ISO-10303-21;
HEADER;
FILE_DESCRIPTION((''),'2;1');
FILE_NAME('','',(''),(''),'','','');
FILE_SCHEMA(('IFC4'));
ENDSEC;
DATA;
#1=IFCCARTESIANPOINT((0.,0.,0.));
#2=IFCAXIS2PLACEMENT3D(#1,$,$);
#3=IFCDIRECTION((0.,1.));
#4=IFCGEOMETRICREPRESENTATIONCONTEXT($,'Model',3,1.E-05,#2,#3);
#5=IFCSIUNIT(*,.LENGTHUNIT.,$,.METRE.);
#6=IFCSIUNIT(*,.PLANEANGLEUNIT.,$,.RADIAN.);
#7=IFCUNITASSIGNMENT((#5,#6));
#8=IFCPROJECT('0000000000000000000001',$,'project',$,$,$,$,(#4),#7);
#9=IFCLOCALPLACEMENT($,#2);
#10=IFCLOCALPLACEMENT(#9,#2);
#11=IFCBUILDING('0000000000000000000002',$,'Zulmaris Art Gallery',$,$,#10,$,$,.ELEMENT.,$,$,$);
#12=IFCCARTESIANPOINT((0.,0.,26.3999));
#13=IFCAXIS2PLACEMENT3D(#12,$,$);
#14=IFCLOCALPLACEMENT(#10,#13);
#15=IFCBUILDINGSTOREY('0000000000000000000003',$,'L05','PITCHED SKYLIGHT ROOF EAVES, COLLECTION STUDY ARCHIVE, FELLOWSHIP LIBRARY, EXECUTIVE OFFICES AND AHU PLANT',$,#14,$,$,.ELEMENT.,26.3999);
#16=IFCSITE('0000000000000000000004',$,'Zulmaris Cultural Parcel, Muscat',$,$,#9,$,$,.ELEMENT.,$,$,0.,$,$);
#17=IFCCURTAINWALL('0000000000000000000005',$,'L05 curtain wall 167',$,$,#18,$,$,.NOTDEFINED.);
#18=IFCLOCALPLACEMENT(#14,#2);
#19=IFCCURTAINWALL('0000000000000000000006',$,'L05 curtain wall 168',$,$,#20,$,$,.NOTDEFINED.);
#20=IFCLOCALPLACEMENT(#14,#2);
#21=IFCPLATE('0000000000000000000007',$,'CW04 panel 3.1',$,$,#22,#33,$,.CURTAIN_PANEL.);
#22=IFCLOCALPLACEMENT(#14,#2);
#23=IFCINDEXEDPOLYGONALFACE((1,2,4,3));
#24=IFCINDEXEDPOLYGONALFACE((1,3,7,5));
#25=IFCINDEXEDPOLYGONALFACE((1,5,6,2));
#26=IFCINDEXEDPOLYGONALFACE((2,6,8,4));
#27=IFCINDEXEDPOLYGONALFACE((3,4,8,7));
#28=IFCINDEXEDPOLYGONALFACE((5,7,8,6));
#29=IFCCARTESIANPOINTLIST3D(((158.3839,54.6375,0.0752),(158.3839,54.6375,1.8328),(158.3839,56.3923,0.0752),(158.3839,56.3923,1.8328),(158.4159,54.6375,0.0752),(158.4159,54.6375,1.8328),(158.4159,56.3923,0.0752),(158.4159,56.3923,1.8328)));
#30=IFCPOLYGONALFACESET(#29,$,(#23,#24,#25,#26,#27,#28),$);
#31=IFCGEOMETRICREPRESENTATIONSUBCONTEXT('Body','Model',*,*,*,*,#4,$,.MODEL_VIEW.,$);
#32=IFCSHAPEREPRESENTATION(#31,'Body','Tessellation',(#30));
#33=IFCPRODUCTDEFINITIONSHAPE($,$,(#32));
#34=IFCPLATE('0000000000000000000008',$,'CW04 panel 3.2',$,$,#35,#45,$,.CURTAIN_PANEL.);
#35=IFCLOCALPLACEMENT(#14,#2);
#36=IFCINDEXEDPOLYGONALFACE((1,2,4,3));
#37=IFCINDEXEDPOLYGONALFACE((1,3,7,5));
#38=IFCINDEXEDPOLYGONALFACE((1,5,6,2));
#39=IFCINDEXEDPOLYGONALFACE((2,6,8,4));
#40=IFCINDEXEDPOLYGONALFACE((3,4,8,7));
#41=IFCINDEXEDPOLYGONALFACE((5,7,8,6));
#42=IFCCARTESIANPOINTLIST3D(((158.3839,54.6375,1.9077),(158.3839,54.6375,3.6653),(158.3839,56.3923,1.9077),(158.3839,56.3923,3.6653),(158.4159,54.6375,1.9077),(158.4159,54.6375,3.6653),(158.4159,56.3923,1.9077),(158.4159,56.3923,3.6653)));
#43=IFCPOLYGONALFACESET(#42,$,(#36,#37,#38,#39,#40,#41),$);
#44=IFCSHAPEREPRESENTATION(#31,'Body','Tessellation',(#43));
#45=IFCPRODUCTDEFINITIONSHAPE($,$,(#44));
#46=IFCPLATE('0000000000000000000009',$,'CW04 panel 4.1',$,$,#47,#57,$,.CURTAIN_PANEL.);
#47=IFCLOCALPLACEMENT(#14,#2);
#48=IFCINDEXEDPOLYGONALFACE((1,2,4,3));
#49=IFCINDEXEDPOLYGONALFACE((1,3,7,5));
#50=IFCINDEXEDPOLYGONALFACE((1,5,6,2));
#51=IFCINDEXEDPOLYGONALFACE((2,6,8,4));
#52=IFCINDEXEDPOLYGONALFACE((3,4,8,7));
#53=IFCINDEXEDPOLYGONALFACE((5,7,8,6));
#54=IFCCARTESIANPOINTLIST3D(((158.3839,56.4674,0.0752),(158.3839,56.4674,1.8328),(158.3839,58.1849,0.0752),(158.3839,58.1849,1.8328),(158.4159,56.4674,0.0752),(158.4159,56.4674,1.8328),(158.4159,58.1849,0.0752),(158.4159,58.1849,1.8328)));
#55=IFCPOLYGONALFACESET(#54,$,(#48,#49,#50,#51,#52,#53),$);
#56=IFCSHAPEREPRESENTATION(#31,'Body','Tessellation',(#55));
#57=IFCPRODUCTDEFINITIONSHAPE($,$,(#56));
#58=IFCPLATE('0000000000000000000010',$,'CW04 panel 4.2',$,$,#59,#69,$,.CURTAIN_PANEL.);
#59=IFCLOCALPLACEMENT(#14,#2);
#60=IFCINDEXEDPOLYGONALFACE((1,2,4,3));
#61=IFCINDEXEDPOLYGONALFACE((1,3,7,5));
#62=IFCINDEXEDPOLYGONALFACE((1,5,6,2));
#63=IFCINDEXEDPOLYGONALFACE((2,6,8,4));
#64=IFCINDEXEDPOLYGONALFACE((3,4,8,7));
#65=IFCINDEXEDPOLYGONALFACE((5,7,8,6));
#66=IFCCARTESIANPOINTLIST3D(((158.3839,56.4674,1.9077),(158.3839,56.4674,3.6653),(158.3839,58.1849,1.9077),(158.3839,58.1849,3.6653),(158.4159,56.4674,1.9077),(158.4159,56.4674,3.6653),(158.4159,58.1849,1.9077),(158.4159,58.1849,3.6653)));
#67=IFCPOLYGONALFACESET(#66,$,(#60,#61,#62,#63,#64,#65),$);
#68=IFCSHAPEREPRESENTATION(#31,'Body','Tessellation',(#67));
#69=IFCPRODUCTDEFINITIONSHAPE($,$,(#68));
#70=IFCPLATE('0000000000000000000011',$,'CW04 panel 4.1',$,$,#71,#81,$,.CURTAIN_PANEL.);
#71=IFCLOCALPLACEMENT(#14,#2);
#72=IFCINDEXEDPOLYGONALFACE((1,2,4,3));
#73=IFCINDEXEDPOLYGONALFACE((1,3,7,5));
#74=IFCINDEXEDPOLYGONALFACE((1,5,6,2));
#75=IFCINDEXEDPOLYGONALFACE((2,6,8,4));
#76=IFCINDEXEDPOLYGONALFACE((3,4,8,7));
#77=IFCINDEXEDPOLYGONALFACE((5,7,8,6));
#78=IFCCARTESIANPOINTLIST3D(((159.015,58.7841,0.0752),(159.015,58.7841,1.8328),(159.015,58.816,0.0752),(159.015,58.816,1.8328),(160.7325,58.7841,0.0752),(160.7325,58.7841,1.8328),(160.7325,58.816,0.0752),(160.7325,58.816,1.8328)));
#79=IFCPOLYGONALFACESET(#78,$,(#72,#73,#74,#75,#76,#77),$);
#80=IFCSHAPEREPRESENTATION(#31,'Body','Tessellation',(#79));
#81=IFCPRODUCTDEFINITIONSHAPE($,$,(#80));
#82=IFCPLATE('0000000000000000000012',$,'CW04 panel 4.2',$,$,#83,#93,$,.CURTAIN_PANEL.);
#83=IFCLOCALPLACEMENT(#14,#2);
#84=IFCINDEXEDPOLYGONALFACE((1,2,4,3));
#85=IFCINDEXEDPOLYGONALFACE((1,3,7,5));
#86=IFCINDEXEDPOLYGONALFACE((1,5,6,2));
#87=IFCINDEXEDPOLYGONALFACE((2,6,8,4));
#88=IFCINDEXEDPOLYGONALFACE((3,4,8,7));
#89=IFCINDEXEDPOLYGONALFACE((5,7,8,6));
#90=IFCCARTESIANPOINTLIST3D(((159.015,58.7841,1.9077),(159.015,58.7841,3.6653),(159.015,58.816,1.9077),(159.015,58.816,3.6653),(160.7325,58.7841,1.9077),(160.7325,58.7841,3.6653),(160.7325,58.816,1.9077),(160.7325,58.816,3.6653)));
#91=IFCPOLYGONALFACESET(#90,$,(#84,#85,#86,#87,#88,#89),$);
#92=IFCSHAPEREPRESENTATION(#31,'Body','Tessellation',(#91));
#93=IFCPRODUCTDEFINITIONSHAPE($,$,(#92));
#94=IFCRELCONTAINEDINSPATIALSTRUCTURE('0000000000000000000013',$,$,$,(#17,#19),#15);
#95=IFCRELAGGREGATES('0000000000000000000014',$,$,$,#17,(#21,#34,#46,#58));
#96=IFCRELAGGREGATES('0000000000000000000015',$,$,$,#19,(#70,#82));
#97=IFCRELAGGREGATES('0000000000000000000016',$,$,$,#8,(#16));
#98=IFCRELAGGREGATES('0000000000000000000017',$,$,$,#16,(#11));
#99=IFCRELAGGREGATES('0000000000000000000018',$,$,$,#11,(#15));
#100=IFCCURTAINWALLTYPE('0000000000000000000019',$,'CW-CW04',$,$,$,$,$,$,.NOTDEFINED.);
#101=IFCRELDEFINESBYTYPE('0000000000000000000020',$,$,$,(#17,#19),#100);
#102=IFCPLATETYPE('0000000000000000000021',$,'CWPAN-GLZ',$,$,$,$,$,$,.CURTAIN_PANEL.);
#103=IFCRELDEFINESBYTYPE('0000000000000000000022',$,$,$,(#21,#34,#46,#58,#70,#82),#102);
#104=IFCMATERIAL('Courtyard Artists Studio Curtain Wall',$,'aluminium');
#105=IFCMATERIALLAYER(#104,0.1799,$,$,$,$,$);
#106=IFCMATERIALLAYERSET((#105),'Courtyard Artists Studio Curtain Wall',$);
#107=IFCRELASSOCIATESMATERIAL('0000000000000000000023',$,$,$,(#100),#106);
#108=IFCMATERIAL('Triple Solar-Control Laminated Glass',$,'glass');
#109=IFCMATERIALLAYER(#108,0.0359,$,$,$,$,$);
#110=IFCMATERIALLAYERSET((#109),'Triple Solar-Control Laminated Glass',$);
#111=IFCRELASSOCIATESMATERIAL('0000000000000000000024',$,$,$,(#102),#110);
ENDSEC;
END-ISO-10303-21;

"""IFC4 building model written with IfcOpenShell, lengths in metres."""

from ifc_helpers import new_model, si_unit, direction, frame, origin, origin_2d, place, context, subcontext, project, spatial, rectangle, extrude, material, layer, layer_set, type_object, element, aggregate, save


model = new_model("IFC4")

# Units and contexts
model_context = context("Model", 3, precision=1e-05, world=origin(), true_north=direction((0.0, 1.0)))
body_context = subcontext(model_context, "Body", "Model", "MODEL_VIEW")
ifc_project = project(units=[si_unit("LENGTHUNIT", "METRE"), si_unit("PLANEANGLEUNIT", "RADIAN")], contexts=[model_context])

# Site, building, storey
site_placement = place(None, origin())
site = spatial("IfcSite", under=ifc_project, at=site_placement, Name="Zulmaris Cultural Parcel, Muscat", CompositionType="ELEMENT", RefElevation=0.0)
building_placement = place(site_placement, origin())
building = spatial("IfcBuilding", under=site, at=building_placement, Name="Zulmaris Art Gallery", CompositionType="ELEMENT")
storey_placement = place(building_placement, frame((0.0, 0.0, 26.3999)))
storey = spatial("IfcBuildingStorey", under=building, at=storey_placement, Name="L05", Description="PITCHED SKYLIGHT ROOF EAVES, COLLECTION STUDY ARCHIVE, FELLOWSHIP LIBRARY, EXECUTIVE OFFICES AND AHU PLANT", CompositionType="ELEMENT", Elevation=26.3999)

# Curtain wall
ifc_material_1 = material(Name="Courtyard Artists Studio Curtain Wall", Category="aluminium")
ifc_layer_1 = layer(ifc_material_1, 0.1799)
ifc_layer_set_1 = layer_set([ifc_layer_1], Name="Courtyard Artists Studio Curtain Wall")
curtain_wall_type = type_object("IfcCurtainWallType", Name="CW-CW04", PredefinedType="NOTDEFINED", material=ifc_layer_set_1)
curtain_wall_1_placement = place(storey_placement, origin())
curtain_wall_1 = element("IfcCurtainWall", 1, at=curtain_wall_1_placement, inside=storey, type_object=curtain_wall_type, Name="L05 curtain wall 167", PredefinedType="NOTDEFINED")

# Curtain wall
curtain_wall_2_placement = place(storey_placement, origin())
curtain_wall_2 = element("IfcCurtainWall", 2, at=curtain_wall_2_placement, inside=storey, type_object=curtain_wall_type, Name="L05 curtain wall 168", PredefinedType="NOTDEFINED")

# Plates
ifc_material_2 = material(Name="Triple Solar-Control Laminated Glass", Category="glass")
ifc_layer_2 = layer(ifc_material_2, 0.0359)
ifc_layer_set_2 = layer_set([ifc_layer_2], Name="Triple Solar-Control Laminated Glass")
plate_type = type_object("IfcPlateType", Name="CWPAN-GLZ", PredefinedType="CURTAIN_PANEL", material=ifc_layer_set_2)
plate_1_placement = place(storey_placement, frame((158.3999, 55.5149, 0.0752), z_axis=(0.0, 0.0, 1.0), x_axis=(0.0, 1.0, 0.0)))
plate_1 = element("IfcPlate", 3, at=plate_1_placement, type_object=plate_type, Name="CW04 panel 3.1", PredefinedType="CURTAIN_PANEL", context=body_context, shape_type="SweptSolid", body=[
    extrude(rectangle(XDim=1.7549, YDim=0.032, at=origin_2d()), origin(), (0.0, 0.0, 1.0), 1.7576),
])
plate_2_placement = place(storey_placement, frame((158.3999, 55.5149, 1.9077), z_axis=(0.0, 0.0, 1.0), x_axis=(0.0, 1.0, 0.0)))
plate_2 = element("IfcPlate", 4, at=plate_2_placement, type_object=plate_type, Name="CW04 panel 3.2", PredefinedType="CURTAIN_PANEL", context=body_context, shape_type="SweptSolid", body=[
    extrude(rectangle(XDim=1.7549, YDim=0.032, at=origin_2d()), origin(), (0.0, 0.0, 1.0), 1.7576),
])
plate_3_placement = place(storey_placement, frame((158.3999, 57.3262, 0.0752), z_axis=(0.0, 0.0, 1.0), x_axis=(0.0, 1.0, 0.0)))
plate_3 = element("IfcPlate", 5, at=plate_3_placement, type_object=plate_type, Name="CW04 panel 4.1", PredefinedType="CURTAIN_PANEL", context=body_context, shape_type="SweptSolid", body=[
    extrude(rectangle(XDim=1.7175, YDim=0.032, at=origin_2d()), origin(), (0.0, 0.0, 1.0), 1.7576),
])
plate_4_placement = place(storey_placement, frame((158.3999, 57.3262, 1.9077), z_axis=(0.0, 0.0, 1.0), x_axis=(0.0, 1.0, 0.0)))
plate_4 = element("IfcPlate", 6, at=plate_4_placement, type_object=plate_type, Name="CW04 panel 4.2", PredefinedType="CURTAIN_PANEL", context=body_context, shape_type="SweptSolid", body=[
    extrude(rectangle(XDim=1.7175, YDim=0.032, at=origin_2d()), origin(), (0.0, 0.0, 1.0), 1.7576),
])
aggregate(curtain_wall_1, [plate_1, plate_2, plate_3, plate_4])
plate_5_placement = place(storey_placement, frame((159.8738, 58.8, 0.0752), z_axis=(0.0, 0.0, 1.0), x_axis=(-1.0, 0.0, 0.0)))
plate_5 = element("IfcPlate", 7, at=plate_5_placement, type_object=plate_type, Name="CW04 panel 4.1", PredefinedType="CURTAIN_PANEL", context=body_context, shape_type="SweptSolid", body=[
    extrude(rectangle(XDim=1.7175, YDim=0.032, at=origin_2d()), origin(), (0.0, 0.0, 1.0), 1.7576),
])
plate_6_placement = place(storey_placement, frame((159.8738, 58.8, 1.9077), z_axis=(0.0, 0.0, 1.0), x_axis=(-1.0, 0.0, 0.0)))
plate_6 = element("IfcPlate", 8, at=plate_6_placement, type_object=plate_type, Name="CW04 panel 4.2", PredefinedType="CURTAIN_PANEL", context=body_context, shape_type="SweptSolid", body=[
    extrude(rectangle(XDim=1.7175, YDim=0.032, at=origin_2d()), origin(), (0.0, 0.0, 1.0), 1.7576),
])
aggregate(curtain_wall_2, [plate_5, plate_6])

save(model, "model.ifc")
